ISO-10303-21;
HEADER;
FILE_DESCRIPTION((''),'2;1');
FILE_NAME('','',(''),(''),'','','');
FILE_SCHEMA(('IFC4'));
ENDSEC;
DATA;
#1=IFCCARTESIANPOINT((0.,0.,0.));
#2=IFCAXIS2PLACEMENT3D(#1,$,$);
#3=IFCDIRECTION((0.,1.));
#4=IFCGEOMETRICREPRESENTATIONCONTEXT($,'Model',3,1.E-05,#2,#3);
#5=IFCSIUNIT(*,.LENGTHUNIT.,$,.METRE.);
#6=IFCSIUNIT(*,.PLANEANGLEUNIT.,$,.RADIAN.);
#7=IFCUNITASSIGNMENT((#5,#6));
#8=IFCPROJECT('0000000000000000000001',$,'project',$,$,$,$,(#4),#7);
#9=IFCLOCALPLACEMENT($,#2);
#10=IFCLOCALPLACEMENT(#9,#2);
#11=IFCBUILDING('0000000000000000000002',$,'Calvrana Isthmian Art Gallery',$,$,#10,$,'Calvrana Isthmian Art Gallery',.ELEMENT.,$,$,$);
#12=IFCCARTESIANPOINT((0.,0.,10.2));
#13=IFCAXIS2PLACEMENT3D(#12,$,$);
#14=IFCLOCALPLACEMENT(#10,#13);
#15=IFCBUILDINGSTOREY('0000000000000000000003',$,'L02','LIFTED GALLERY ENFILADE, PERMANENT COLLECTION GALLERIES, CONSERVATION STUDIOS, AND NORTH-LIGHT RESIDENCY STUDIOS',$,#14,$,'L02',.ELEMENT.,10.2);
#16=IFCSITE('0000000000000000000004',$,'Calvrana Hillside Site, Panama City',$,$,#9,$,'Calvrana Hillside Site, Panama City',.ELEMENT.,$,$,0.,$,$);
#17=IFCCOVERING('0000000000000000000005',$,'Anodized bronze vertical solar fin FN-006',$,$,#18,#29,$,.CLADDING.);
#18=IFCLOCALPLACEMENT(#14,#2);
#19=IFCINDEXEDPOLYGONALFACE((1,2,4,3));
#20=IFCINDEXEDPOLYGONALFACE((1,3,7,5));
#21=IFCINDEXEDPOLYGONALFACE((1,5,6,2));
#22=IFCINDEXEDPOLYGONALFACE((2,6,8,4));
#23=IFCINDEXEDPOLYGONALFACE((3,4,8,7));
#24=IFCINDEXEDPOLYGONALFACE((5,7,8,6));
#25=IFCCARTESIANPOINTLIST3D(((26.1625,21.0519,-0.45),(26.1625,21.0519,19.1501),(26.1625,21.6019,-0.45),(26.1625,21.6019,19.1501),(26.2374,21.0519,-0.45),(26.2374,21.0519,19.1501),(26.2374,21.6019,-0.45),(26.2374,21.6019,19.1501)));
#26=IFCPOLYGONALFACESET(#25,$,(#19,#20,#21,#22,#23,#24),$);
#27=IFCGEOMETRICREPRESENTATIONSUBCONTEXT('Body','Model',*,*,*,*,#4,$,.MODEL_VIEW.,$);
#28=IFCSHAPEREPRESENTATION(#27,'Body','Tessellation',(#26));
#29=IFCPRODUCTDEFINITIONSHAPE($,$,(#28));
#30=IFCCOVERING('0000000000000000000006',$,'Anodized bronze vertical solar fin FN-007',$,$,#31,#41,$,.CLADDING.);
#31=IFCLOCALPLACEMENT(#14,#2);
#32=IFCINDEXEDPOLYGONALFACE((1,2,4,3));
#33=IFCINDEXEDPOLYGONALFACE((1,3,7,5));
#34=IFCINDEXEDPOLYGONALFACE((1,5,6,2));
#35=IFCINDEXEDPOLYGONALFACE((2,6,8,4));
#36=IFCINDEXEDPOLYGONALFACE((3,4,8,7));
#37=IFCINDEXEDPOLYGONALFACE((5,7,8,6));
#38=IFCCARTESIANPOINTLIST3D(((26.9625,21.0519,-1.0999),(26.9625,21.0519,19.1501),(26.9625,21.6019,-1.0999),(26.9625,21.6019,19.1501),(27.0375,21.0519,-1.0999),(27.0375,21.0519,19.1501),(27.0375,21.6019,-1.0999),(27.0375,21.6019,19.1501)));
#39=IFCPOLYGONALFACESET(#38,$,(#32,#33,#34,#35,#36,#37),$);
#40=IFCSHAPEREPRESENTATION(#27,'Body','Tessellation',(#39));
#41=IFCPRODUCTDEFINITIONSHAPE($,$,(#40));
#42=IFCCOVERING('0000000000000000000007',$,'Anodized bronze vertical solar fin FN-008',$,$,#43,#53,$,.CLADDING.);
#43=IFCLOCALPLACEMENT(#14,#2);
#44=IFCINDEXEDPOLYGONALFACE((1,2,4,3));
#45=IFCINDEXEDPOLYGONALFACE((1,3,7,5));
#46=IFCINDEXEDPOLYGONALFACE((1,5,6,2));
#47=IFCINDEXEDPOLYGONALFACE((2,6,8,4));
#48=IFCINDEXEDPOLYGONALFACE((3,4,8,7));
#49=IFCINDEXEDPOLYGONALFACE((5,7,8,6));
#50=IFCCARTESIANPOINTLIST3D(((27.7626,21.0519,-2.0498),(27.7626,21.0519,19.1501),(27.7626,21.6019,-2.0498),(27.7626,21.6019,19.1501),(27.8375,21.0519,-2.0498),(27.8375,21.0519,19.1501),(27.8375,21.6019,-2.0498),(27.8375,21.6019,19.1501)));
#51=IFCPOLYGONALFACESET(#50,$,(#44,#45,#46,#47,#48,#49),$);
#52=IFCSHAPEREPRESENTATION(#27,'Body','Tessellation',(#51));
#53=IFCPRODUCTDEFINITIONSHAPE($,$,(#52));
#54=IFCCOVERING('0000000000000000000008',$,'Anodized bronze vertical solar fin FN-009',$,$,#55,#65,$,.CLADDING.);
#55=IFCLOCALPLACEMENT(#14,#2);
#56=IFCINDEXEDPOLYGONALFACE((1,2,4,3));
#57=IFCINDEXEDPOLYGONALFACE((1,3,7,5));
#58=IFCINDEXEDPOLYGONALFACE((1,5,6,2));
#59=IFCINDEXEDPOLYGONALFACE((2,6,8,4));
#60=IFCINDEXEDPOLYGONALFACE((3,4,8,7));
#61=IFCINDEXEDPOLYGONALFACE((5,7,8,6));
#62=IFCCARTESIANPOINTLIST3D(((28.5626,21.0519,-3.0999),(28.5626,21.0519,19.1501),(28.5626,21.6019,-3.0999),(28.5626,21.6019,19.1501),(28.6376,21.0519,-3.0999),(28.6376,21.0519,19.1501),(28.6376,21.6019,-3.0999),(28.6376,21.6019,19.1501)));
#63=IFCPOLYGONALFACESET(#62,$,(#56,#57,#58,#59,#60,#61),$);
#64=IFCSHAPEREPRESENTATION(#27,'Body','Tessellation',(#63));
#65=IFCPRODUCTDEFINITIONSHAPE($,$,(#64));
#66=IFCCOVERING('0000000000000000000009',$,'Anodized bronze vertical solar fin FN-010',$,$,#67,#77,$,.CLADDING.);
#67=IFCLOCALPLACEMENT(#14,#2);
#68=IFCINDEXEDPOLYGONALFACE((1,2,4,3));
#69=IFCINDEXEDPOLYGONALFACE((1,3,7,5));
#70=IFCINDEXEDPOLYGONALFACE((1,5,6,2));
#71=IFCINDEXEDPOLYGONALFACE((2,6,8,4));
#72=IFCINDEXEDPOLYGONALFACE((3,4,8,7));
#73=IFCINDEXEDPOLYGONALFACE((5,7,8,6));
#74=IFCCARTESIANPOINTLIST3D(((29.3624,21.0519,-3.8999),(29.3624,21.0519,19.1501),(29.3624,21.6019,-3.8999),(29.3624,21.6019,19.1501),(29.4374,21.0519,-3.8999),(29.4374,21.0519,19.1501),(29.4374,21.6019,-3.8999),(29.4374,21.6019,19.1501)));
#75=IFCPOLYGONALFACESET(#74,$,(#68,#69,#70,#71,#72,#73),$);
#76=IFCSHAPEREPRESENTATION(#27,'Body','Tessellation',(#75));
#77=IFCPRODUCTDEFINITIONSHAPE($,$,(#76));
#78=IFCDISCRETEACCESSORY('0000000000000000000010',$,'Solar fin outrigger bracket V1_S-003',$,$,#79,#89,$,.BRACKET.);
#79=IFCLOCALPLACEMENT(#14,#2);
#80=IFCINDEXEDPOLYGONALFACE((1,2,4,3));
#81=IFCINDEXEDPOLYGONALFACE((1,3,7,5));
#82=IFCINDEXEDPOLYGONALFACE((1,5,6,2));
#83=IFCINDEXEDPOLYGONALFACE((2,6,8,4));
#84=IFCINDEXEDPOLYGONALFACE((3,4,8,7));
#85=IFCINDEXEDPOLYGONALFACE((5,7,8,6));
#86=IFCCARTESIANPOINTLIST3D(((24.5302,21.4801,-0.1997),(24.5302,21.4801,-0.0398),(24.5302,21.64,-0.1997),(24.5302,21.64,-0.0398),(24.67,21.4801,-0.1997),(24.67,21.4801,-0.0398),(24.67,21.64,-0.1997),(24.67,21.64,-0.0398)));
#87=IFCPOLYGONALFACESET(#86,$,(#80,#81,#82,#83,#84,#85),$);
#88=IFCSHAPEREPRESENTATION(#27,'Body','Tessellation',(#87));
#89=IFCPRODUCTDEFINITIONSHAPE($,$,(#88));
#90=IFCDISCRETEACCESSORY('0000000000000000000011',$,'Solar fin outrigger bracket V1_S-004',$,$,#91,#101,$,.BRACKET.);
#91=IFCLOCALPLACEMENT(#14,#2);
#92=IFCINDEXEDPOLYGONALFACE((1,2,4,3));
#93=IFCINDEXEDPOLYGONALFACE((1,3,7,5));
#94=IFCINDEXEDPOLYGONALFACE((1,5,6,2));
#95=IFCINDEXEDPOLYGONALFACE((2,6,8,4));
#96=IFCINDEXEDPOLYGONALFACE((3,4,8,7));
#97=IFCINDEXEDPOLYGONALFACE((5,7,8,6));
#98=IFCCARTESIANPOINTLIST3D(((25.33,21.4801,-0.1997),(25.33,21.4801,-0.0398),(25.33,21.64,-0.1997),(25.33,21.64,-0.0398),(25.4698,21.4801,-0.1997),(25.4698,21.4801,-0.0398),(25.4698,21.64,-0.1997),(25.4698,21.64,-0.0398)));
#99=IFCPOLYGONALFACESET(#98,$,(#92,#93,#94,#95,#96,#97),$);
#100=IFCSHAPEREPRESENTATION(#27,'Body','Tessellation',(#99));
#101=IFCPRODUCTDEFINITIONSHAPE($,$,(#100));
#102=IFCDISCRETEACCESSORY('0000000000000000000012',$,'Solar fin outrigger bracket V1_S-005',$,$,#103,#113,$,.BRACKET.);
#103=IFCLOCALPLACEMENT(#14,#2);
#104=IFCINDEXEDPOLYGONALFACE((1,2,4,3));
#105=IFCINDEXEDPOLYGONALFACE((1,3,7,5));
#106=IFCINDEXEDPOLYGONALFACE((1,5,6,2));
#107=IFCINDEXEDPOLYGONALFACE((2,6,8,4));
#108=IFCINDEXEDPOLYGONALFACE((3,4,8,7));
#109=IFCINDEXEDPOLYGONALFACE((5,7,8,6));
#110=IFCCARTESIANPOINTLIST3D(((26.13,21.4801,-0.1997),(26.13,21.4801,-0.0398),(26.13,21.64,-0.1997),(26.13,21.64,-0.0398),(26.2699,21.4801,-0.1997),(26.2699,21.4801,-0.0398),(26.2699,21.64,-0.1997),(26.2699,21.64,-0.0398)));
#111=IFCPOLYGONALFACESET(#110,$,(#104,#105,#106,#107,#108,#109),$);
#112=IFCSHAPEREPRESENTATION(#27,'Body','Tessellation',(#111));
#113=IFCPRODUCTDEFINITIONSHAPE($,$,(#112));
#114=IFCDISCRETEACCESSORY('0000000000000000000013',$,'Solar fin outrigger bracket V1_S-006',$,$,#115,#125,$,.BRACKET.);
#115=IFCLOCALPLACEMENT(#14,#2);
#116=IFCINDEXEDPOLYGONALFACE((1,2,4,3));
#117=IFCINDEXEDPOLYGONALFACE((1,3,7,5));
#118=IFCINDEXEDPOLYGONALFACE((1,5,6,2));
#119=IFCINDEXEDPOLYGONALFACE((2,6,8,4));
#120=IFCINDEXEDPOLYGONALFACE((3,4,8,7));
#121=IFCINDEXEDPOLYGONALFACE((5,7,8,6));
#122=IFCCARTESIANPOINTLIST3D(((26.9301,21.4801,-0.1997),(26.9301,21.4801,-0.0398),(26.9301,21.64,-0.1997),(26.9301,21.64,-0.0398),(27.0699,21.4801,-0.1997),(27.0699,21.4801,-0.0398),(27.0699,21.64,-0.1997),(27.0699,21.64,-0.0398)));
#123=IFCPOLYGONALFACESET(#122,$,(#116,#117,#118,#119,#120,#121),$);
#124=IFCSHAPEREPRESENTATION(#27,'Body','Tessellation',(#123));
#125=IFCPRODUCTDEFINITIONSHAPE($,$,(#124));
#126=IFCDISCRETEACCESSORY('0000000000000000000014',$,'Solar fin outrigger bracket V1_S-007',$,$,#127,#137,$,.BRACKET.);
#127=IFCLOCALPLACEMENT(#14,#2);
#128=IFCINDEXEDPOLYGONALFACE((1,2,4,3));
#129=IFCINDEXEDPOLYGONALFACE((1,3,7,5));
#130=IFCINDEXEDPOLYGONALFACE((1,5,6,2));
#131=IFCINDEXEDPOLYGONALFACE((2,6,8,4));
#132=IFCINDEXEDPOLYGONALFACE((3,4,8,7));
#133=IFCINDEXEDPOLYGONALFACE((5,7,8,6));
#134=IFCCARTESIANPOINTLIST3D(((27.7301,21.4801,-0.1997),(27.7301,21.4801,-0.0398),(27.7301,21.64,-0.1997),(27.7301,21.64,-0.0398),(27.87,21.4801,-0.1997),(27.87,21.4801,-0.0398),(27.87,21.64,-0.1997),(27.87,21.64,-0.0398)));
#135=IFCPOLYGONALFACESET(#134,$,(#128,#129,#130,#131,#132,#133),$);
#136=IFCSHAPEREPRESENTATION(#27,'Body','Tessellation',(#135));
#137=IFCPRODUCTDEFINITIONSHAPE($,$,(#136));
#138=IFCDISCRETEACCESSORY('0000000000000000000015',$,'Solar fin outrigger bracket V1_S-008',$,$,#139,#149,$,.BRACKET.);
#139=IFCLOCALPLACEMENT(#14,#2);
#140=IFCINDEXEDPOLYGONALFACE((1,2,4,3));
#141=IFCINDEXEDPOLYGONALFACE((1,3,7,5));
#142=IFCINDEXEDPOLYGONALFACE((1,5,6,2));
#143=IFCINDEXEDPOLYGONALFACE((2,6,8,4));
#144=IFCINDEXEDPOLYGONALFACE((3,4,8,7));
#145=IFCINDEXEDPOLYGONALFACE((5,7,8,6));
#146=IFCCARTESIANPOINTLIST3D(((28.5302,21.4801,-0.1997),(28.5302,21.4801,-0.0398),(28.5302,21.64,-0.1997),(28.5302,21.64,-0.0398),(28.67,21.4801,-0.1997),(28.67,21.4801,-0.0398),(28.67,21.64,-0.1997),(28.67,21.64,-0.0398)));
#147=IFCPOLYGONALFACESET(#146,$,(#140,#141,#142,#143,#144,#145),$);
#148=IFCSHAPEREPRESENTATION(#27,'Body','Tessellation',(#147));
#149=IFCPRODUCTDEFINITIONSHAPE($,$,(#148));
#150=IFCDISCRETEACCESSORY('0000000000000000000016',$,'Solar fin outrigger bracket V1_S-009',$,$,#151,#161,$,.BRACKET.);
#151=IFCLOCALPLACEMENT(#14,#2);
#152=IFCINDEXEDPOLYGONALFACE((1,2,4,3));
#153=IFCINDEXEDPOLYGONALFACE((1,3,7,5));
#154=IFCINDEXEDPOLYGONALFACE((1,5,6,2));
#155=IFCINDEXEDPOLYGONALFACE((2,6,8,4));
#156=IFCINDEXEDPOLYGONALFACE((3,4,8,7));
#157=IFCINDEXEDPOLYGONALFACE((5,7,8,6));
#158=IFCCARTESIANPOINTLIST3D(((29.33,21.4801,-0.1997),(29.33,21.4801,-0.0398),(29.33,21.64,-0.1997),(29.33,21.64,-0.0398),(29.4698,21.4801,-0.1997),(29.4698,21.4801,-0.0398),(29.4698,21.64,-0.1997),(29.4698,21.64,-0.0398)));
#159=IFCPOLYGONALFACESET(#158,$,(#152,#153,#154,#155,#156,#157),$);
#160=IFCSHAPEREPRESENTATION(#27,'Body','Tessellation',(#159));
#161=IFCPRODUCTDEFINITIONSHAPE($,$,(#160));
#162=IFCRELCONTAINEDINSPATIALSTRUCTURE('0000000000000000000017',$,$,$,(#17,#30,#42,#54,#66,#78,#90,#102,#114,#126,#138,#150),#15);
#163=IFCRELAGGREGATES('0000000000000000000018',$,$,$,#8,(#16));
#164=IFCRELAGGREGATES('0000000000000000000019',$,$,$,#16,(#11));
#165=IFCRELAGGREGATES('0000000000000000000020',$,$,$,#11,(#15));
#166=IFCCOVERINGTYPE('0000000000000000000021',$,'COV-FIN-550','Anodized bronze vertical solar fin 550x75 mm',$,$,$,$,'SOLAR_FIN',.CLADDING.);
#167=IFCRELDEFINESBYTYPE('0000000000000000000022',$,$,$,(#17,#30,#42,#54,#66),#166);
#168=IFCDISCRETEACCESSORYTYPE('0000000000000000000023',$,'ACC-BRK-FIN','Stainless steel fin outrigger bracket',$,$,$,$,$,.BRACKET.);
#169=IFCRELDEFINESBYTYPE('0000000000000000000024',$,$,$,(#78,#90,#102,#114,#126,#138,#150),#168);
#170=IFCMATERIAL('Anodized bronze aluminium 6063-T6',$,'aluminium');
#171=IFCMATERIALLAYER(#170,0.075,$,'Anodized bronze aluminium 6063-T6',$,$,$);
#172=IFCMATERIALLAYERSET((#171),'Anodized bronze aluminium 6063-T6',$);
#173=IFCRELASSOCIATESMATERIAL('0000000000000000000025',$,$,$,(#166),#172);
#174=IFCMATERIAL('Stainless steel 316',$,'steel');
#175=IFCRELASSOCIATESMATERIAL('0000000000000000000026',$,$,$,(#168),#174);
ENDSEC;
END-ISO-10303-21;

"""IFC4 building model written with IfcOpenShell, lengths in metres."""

from ifc_helpers import new_model, si_unit, direction, frame, origin, origin_2d, place, context, subcontext, project, spatial, rectangle, extrude, material, layer, layer_set, type_object, element, save


model = new_model("IFC4")

# Units and contexts
model_context = context("Model", 3, precision=1e-05, world=origin(), true_north=direction((0.0, 1.0)))
body_context = subcontext(model_context, "Body", "Model", "MODEL_VIEW")
ifc_project = project(units=[si_unit("LENGTHUNIT", "METRE"), si_unit("PLANEANGLEUNIT", "RADIAN")], contexts=[model_context])

# Site, building, storey
site_placement = place(None, origin())
site = spatial("IfcSite", under=ifc_project, at=site_placement, Name="Calvrana Hillside Site, Panama City", LongName="Calvrana Hillside Site, Panama City", CompositionType="ELEMENT", RefElevation=0.0)
building_placement = place(site_placement, origin())
building = spatial("IfcBuilding", under=site, at=building_placement, Name="Calvrana Isthmian Art Gallery", LongName="Calvrana Isthmian Art Gallery", CompositionType="ELEMENT")
storey_placement = place(building_placement, frame((0.0, 0.0, 10.2)))
storey = spatial("IfcBuildingStorey", under=building, at=storey_placement, Name="L02", Description="LIFTED GALLERY ENFILADE, PERMANENT COLLECTION GALLERIES, CONSERVATION STUDIOS, AND NORTH-LIGHT RESIDENCY STUDIOS", LongName="L02", CompositionType="ELEMENT", Elevation=10.2)

# Shared definitions
ifc_material_1 = material(Name="Anodized bronze aluminium 6063-T6", Category="aluminium")

# Coverings
ifc_layer_1 = layer(ifc_material_1, 0.075, Name="Anodized bronze aluminium 6063-T6")
ifc_layer_set_1 = layer_set([ifc_layer_1], Name="Anodized bronze aluminium 6063-T6")
covering_type = type_object("IfcCoveringType", Name="COV-FIN-550", Description="Anodized bronze vertical solar fin 550x75 mm", ElementType="SOLAR_FIN", PredefinedType="CLADDING", material=ifc_layer_set_1)
covering_1_placement = place(storey_placement, frame((26.2, 21.3269, -0.45), z_axis=(0.0, 0.0, 1.0), x_axis=(1.0, 0.0, 0.0)))
element("IfcCovering", 1, at=covering_1_placement, inside=storey, type_object=covering_type, Name="Anodized bronze vertical solar fin FN-006", PredefinedType="CLADDING", context=body_context, shape_type="SweptSolid", body=[
    extrude(rectangle(XDim=0.075, YDim=0.55, at=origin_2d()), origin(), (0.0, 0.0, 1.0), 19.6001),
])
covering_2_placement = place(storey_placement, frame((27.0, 21.3269, -1.0999), z_axis=(0.0, 0.0, 1.0), x_axis=(1.0, 0.0, 0.0)))
element("IfcCovering", 2, at=covering_2_placement, inside=storey, type_object=covering_type, Name="Anodized bronze vertical solar fin FN-007", PredefinedType="CLADDING", context=body_context, shape_type="SweptSolid", body=[
    extrude(rectangle(XDim=0.075, YDim=0.55, at=origin_2d()), origin(), (0.0, 0.0, 1.0), 20.25),
])
covering_3_placement = place(storey_placement, frame((27.8, 21.3269, -2.0498), z_axis=(0.0, 0.0, 1.0), x_axis=(1.0, 0.0, 0.0)))
element("IfcCovering", 3, at=covering_3_placement, inside=storey, type_object=covering_type, Name="Anodized bronze vertical solar fin FN-008", PredefinedType="CLADDING", context=body_context, shape_type="SweptSolid", body=[
    extrude(rectangle(XDim=0.075, YDim=0.55, at=origin_2d()), origin(), (0.0, 0.0, 1.0), 21.2),
])
covering_4_placement = place(storey_placement, frame((28.6001, 21.3269, -3.0999), z_axis=(0.0, 0.0, 1.0), x_axis=(1.0, 0.0, 0.0)))
element("IfcCovering", 4, at=covering_4_placement, inside=storey, type_object=covering_type, Name="Anodized bronze vertical solar fin FN-009", PredefinedType="CLADDING", context=body_context, shape_type="SweptSolid", body=[
    extrude(rectangle(XDim=0.075, YDim=0.55, at=origin_2d()), origin(), (0.0, 0.0, 1.0), 22.25),
])
covering_5_placement = place(storey_placement, frame((29.3999, 21.3269, -3.8999), z_axis=(0.0, 0.0, 1.0), x_axis=(1.0, 0.0, 0.0)))
element("IfcCovering", 5, at=covering_5_placement, inside=storey, type_object=covering_type, Name="Anodized bronze vertical solar fin FN-010", PredefinedType="CLADDING", context=body_context, shape_type="SweptSolid", body=[
    extrude(rectangle(XDim=0.075, YDim=0.55, at=origin_2d()), origin(), (0.0, 0.0, 1.0), 23.05),
])

# Discrete accessories
ifc_material_2 = material(Name="Stainless steel 316", Category="steel")
discrete_accessory_type = type_object("IfcDiscreteAccessoryType", Name="ACC-BRK-FIN", Description="Stainless steel fin outrigger bracket", PredefinedType="BRACKET", material=ifc_material_2)
for number, where, z_axis, x_axis, name in (
    (6, (24.6001, 21.5601, -0.1997), (0.0, 0.0, 1.0), (1.0, 0.0, 0.0), "Solar fin outrigger bracket V1_S-003"),
    (7, (25.3999, 21.5601, -0.1997), (0.0, 0.0, 1.0), (1.0, 0.0, 0.0), "Solar fin outrigger bracket V1_S-004"),
    (8, (26.2, 21.5601, -0.1997), (0.0, 0.0, 1.0), (1.0, 0.0, 0.0), "Solar fin outrigger bracket V1_S-005"),
    (9, (27.0, 21.5601, -0.1997), (0.0, 0.0, 1.0), (1.0, 0.0, 0.0), "Solar fin outrigger bracket V1_S-006"),
    (10, (27.8, 21.5601, -0.1997), (0.0, 0.0, 1.0), (1.0, 0.0, 0.0), "Solar fin outrigger bracket V1_S-007"),
    (11, (28.6001, 21.5601, -0.1997), (0.0, 0.0, 1.0), (1.0, 0.0, 0.0), "Solar fin outrigger bracket V1_S-008"),
    (12, (29.3999, 21.5601, -0.1997), (0.0, 0.0, 1.0), (1.0, 0.0, 0.0), "Solar fin outrigger bracket V1_S-009"),
):
    element("IfcDiscreteAccessory", number, at=place(storey_placement, frame(where, z_axis=z_axis, x_axis=x_axis)), inside=storey, type_object=discrete_accessory_type, Name=name, PredefinedType="BRACKET", context=body_context, shape_type="SweptSolid", body=[
        extrude(rectangle(XDim=0.1399, YDim=0.1599, at=origin_2d()), origin(), (0.0, 0.0, 1.0), 0.1599),
    ])

save(model, "model.ifc")
